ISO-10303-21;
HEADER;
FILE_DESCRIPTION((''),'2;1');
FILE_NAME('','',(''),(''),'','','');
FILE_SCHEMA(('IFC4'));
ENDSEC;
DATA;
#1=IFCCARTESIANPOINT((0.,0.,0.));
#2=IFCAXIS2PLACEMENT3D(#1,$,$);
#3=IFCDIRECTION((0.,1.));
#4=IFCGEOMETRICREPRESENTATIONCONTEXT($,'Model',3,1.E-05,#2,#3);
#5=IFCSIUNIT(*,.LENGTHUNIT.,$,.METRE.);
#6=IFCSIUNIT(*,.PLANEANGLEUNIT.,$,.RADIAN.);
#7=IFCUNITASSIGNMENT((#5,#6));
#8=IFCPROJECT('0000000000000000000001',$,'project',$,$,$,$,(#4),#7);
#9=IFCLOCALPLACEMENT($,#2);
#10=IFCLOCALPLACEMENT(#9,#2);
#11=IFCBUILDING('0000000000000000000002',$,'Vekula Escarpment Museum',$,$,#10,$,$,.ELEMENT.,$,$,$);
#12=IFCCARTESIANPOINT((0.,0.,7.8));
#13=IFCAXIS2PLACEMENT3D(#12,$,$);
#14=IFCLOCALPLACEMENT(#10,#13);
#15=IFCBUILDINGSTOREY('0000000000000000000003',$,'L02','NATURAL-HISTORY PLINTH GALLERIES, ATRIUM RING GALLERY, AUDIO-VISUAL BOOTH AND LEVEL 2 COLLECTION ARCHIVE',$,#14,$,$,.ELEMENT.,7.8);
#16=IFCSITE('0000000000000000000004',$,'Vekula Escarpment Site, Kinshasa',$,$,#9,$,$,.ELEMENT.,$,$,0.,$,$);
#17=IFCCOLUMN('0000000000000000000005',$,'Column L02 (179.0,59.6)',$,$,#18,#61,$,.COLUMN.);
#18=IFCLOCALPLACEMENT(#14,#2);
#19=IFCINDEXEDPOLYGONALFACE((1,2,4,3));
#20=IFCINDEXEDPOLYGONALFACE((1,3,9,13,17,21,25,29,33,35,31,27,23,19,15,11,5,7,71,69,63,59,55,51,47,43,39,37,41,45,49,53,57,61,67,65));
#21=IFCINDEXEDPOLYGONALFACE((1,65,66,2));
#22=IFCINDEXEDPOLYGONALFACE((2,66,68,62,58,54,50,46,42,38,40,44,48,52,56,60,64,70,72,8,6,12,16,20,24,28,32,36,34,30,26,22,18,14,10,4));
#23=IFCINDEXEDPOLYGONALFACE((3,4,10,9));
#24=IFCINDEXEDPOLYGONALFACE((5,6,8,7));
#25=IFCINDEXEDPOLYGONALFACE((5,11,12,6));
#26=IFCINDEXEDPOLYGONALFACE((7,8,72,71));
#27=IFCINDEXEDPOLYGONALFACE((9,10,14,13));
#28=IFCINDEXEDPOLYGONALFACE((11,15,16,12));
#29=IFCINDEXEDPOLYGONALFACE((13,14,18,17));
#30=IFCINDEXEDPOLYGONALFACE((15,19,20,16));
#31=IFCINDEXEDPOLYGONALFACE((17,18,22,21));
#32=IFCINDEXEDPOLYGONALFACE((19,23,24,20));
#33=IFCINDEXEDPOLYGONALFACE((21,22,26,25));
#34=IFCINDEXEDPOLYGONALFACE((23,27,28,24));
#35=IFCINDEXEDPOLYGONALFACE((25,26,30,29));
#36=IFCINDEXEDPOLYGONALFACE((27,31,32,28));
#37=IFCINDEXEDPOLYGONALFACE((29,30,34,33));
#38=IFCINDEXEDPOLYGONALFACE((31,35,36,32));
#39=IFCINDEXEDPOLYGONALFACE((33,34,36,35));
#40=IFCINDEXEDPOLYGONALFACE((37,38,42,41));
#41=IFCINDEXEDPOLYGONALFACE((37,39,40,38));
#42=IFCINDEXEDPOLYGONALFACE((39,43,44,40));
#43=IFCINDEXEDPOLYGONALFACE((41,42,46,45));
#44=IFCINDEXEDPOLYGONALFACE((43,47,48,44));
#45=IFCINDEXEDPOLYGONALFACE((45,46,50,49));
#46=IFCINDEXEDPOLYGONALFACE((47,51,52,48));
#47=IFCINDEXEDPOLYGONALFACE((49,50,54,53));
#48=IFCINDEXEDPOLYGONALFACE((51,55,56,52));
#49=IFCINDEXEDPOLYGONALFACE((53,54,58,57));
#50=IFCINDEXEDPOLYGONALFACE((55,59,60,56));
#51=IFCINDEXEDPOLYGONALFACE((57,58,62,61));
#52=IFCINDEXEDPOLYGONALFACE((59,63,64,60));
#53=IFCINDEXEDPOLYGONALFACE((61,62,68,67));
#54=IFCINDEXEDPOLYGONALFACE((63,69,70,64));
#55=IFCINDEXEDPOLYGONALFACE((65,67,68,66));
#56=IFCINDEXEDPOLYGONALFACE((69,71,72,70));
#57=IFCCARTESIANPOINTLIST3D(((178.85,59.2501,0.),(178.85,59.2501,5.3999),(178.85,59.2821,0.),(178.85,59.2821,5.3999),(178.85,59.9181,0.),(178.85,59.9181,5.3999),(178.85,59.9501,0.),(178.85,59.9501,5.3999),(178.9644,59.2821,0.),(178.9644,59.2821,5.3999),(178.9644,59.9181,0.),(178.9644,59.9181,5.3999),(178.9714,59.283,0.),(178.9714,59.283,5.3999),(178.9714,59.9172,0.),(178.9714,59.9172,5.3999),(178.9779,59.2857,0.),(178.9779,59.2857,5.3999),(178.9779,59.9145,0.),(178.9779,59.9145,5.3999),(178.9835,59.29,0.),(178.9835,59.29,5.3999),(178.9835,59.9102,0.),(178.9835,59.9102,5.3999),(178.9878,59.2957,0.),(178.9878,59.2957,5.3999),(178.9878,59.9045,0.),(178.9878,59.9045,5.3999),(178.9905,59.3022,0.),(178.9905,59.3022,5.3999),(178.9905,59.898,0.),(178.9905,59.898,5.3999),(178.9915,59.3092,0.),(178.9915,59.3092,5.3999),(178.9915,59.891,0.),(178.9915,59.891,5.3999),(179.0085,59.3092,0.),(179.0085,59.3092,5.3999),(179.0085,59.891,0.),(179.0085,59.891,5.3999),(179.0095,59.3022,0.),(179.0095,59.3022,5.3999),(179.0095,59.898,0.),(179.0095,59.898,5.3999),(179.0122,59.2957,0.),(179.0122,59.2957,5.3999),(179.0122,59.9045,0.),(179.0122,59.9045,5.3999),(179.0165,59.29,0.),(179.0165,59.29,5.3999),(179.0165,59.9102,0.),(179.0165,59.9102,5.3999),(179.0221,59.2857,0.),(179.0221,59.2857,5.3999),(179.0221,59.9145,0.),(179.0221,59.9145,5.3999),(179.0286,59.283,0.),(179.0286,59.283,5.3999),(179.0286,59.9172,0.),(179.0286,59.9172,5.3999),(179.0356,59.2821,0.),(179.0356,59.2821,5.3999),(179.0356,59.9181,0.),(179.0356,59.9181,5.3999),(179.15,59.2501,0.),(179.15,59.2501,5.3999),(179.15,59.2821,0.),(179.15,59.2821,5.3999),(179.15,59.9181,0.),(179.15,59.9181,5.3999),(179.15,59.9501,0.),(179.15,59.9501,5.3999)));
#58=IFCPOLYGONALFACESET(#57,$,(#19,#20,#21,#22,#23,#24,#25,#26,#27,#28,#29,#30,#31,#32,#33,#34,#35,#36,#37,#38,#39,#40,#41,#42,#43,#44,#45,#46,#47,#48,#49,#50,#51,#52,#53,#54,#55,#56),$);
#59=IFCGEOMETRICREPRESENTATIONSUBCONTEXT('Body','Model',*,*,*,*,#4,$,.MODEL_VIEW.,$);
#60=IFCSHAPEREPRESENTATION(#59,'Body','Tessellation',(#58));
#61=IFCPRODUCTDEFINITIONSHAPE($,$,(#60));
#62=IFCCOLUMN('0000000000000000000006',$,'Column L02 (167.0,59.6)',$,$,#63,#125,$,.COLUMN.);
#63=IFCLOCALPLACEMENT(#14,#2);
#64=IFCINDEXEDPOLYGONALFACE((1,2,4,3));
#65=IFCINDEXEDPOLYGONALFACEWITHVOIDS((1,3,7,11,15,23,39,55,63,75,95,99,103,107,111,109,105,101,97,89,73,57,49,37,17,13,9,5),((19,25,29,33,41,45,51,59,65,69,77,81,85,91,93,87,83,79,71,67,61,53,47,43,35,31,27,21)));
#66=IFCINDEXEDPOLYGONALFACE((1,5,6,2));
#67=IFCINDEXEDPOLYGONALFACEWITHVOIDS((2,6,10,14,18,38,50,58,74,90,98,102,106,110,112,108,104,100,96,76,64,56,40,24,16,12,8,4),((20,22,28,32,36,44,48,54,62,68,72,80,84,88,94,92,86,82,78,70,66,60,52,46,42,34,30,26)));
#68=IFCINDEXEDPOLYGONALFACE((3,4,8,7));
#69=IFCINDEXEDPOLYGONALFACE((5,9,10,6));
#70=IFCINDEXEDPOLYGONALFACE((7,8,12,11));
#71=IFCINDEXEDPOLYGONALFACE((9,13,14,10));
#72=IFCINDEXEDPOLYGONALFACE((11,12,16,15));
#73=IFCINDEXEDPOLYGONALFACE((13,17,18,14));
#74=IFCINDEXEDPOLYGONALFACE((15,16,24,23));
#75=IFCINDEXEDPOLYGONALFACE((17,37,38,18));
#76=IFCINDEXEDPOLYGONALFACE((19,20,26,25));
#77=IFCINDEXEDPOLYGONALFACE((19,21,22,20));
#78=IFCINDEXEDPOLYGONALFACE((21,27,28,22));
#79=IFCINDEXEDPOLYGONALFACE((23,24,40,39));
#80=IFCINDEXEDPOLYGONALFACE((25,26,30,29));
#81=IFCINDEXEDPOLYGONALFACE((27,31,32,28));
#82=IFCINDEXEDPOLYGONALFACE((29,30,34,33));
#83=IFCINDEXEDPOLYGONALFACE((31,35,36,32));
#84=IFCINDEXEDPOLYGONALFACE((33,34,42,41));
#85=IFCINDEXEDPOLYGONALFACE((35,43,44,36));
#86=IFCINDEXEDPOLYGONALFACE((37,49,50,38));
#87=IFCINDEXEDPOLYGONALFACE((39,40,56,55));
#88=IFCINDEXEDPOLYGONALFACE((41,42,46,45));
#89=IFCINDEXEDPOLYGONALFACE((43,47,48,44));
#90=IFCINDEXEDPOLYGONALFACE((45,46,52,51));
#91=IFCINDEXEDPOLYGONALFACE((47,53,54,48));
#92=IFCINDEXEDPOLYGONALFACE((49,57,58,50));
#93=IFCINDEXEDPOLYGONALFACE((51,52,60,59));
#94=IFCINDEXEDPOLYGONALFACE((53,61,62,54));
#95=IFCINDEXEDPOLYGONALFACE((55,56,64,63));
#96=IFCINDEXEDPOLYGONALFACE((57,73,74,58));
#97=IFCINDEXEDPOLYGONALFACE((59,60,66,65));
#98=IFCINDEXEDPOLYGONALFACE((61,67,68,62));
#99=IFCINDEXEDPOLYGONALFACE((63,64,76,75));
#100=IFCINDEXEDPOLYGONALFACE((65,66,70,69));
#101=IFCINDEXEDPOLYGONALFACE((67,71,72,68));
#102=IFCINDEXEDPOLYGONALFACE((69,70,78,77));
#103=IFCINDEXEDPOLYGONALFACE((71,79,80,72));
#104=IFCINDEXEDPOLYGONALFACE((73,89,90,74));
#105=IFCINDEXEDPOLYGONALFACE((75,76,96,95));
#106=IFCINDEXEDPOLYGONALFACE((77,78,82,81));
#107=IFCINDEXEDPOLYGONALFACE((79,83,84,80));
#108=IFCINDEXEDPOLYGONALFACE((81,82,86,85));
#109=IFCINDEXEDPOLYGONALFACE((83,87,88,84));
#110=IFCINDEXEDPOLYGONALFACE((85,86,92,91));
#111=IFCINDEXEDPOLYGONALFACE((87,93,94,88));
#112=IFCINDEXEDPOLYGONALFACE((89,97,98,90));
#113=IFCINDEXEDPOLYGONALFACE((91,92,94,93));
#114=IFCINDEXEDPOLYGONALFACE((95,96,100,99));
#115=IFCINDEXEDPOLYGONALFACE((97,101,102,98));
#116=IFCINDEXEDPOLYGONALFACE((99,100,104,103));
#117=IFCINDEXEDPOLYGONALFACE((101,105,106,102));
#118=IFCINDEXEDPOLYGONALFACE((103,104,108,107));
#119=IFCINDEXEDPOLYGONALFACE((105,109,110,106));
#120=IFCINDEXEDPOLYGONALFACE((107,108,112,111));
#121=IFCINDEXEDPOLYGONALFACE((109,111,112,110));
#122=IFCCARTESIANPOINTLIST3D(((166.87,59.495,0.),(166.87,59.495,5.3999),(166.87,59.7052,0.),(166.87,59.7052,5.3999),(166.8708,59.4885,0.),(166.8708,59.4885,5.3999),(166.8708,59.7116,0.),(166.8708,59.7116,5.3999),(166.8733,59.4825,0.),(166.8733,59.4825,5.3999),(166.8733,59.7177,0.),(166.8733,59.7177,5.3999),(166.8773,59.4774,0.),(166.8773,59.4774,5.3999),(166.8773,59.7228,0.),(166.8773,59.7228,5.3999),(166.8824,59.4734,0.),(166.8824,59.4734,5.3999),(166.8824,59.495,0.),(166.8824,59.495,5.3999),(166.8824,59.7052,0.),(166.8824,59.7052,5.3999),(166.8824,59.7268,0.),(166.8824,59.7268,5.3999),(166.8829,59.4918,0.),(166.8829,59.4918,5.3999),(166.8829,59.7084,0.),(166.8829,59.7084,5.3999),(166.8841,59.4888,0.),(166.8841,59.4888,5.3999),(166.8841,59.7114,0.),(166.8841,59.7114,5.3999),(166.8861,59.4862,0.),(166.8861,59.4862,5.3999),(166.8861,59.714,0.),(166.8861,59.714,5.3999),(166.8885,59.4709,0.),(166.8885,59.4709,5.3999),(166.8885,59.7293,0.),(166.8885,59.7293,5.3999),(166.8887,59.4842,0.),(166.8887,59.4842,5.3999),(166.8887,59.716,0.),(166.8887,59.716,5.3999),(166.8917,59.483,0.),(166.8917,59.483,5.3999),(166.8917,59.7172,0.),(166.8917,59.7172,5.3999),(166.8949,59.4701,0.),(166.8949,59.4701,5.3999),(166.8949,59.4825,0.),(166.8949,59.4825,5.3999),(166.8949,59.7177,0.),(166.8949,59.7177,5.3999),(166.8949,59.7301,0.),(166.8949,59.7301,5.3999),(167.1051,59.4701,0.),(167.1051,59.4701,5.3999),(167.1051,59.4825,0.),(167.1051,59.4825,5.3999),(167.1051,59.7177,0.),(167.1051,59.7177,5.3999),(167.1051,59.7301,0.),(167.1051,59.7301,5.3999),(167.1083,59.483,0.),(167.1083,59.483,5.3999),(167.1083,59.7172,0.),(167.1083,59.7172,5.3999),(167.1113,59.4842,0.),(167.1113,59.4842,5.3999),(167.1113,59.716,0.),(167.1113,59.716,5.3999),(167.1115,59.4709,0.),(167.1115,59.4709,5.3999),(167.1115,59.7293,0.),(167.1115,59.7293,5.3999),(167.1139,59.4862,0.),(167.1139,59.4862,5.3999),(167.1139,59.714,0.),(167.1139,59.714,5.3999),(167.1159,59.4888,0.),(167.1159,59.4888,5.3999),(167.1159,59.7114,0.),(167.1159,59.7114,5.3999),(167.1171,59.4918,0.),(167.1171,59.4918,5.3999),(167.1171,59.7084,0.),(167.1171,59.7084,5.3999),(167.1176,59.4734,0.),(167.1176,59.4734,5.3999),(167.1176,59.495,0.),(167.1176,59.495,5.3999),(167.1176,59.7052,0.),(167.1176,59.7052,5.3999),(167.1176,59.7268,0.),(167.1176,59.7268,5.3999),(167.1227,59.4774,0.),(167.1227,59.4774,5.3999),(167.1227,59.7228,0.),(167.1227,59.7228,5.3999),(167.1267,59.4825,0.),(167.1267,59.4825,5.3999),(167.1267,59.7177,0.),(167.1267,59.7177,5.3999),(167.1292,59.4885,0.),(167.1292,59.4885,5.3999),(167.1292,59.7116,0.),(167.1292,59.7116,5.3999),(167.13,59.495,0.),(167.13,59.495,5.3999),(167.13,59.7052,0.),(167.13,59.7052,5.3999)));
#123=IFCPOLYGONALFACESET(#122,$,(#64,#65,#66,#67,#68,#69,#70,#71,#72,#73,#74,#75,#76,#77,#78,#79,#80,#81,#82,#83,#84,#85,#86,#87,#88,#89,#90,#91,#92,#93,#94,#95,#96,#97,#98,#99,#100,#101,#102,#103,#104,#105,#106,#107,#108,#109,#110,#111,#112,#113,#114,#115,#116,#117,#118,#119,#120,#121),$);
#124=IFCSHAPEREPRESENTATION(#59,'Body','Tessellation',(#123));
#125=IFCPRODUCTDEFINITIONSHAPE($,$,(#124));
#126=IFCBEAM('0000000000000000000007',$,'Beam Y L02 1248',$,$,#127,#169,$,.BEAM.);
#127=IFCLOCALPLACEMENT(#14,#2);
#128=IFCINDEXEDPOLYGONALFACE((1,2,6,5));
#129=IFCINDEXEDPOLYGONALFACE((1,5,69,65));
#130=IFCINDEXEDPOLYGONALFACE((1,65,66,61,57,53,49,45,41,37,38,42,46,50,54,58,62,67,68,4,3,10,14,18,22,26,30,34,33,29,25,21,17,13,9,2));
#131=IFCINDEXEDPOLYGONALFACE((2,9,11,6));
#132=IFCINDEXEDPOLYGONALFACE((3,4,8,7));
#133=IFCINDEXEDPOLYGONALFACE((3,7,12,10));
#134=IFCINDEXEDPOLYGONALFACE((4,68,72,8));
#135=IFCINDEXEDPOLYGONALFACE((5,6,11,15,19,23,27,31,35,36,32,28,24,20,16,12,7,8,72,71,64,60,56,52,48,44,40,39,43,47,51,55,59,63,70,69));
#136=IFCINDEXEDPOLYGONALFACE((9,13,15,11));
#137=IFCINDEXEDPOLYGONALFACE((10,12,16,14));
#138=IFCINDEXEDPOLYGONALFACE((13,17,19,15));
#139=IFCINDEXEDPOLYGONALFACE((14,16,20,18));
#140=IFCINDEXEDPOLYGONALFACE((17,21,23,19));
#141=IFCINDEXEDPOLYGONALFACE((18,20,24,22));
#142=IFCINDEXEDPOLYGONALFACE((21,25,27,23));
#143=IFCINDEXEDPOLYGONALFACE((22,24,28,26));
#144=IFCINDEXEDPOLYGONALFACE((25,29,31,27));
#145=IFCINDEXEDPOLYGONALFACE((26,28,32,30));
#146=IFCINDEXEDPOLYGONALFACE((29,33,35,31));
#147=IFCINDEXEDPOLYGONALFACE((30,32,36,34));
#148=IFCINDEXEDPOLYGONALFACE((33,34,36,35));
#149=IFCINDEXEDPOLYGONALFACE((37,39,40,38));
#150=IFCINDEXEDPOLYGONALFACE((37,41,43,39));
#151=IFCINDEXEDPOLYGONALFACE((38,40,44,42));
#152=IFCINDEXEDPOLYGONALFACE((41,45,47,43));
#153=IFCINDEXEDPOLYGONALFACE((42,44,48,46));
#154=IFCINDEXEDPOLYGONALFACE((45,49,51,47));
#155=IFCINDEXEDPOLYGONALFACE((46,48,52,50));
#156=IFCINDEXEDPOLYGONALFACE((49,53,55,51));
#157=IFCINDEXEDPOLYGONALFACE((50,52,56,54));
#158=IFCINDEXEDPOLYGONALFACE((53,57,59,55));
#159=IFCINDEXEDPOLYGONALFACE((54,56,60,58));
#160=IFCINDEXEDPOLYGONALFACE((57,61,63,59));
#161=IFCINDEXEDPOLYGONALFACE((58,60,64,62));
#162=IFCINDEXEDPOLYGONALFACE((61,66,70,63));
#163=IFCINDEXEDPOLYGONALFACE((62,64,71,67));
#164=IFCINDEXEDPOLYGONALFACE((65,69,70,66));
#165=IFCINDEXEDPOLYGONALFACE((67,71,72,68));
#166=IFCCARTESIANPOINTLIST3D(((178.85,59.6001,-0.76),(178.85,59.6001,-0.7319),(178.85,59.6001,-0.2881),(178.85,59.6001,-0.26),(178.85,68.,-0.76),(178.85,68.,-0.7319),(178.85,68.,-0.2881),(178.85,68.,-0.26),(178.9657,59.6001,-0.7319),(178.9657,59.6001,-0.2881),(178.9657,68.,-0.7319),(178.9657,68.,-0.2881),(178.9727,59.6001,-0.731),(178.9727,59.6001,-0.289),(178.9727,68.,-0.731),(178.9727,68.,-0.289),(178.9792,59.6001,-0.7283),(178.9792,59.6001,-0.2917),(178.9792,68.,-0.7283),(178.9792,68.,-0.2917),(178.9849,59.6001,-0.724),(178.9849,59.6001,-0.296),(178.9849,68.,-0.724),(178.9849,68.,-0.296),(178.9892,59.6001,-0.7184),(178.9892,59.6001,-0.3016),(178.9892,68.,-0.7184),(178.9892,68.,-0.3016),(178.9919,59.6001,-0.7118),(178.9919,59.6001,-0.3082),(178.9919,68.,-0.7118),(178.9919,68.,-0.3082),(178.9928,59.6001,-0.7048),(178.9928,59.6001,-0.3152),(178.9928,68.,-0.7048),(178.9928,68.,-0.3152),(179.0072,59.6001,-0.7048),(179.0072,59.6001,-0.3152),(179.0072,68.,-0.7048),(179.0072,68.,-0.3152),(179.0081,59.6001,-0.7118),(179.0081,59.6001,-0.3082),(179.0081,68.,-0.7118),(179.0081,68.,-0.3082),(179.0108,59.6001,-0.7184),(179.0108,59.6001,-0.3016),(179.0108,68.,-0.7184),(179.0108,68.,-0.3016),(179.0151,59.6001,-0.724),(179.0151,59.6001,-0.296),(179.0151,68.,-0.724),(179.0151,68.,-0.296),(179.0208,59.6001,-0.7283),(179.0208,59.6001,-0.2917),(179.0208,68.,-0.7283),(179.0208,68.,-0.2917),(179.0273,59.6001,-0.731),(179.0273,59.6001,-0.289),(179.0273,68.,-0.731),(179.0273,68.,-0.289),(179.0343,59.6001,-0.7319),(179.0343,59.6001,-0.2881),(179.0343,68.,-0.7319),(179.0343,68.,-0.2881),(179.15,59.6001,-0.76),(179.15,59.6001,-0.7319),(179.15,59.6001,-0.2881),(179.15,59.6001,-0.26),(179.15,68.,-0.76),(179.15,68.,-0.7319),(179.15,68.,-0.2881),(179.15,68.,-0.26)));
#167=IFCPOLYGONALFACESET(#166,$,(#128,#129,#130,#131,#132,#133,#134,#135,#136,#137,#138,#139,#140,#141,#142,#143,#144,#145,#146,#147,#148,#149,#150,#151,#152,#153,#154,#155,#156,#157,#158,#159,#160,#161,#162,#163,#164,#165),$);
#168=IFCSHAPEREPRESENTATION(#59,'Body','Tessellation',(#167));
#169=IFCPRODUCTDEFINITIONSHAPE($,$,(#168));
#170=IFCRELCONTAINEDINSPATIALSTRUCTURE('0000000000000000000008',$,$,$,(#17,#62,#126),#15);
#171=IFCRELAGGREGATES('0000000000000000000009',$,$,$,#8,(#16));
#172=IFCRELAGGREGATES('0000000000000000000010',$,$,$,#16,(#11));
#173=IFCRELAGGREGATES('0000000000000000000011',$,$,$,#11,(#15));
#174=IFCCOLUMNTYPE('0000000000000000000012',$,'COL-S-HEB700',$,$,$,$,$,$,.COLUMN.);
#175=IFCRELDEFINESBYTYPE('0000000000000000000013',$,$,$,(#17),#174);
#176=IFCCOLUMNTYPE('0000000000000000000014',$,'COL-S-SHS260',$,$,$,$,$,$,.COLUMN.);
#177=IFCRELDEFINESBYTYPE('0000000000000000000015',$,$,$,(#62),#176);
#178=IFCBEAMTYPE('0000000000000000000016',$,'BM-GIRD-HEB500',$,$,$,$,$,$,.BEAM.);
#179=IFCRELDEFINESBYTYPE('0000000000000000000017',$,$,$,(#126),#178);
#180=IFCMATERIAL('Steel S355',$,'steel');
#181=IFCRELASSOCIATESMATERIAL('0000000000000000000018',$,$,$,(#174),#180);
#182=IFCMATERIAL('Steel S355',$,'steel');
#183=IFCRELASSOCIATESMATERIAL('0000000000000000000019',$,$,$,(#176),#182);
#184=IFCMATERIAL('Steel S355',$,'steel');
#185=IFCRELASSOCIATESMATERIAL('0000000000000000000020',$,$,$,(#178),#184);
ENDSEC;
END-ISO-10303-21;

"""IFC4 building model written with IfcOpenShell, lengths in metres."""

from ifc_helpers import new_model, si_unit, direction, frame, origin, origin_2d, place, context, subcontext, project, spatial, hollow_rectangle, i_section, extrude, material, material_profile, profile_set, type_object, element, save


model = new_model("IFC4")

# Units and contexts
model_context = context("Model", 3, precision=1e-05, world=origin(), true_north=direction((0.0, 1.0)))
body_context = subcontext(model_context, "Body", "Model", "MODEL_VIEW")
ifc_project = project(units=[si_unit("LENGTHUNIT", "METRE"), si_unit("PLANEANGLEUNIT", "RADIAN")], contexts=[model_context])

# Site, building, storey
site_placement = place(None, origin())
site = spatial("IfcSite", under=ifc_project, at=site_placement, Name="Vekula Escarpment Site, Kinshasa", CompositionType="ELEMENT", RefElevation=0.0)
building_placement = place(site_placement, origin())
building = spatial("IfcBuilding", under=site, at=building_placement, Name="Vekula Escarpment Museum", CompositionType="ELEMENT")
storey_placement = place(building_placement, frame((0.0, 0.0, 7.8)))
storey = spatial("IfcBuildingStorey", under=building, at=storey_placement, Name="L02", Description="NATURAL-HISTORY PLINTH GALLERIES, ATRIUM RING GALLERY, AUDIO-VISUAL BOOTH AND LEVEL 2 COLLECTION ARCHIVE", CompositionType="ELEMENT", Elevation=7.8)

# Columns
ifc_material_1 = material(Name="Steel S355", Category="steel")
ifc_material_profile_1 = material_profile(ifc_material_1, i_section(OverallWidth=0.3, OverallDepth=0.7, WebThickness=0.0171, FlangeThickness=0.032, FilletRadius=0.0271, at=origin_2d()), Name="HEB 700")
ifc_profile_set_1 = profile_set([ifc_material_profile_1], Name="Steel S355")
column_type_1 = type_object("IfcColumnType", Name="COL-S-HEB700", PredefinedType="COLUMN", material=ifc_profile_set_1)
column_1_placement = place(storey_placement, frame((179.0, 59.6001, 0.0), z_axis=(0.0, 0.0, 1.0), x_axis=(1.0, 0.0, 0.0)))
element("IfcColumn", 1, at=column_1_placement, inside=storey, type_object=column_type_1, Name="Column L02 (179.0,59.6)", PredefinedType="COLUMN", context=body_context, shape_type="SweptSolid", body=[
    extrude(i_section(OverallWidth=0.3, OverallDepth=0.7, WebThickness=0.0171, FlangeThickness=0.032, FilletRadius=0.0271, at=origin_2d()), origin(), (0.0, 0.0, 1.0), 5.3999),
])
ifc_material_2 = material(Name="Steel S355", Category="steel")
ifc_material_profile_2 = material_profile(ifc_material_2, hollow_rectangle(XDim=0.26, YDim=0.26, WallThickness=0.0125, InnerFilletRadius=0.0125, OuterFilletRadius=0.0249, at=origin_2d()), Name="SHS 260x260x12.5")
ifc_profile_set_2 = profile_set([ifc_material_profile_2], Name="Steel S355")
column_type_2 = type_object("IfcColumnType", Name="COL-S-SHS260", PredefinedType="COLUMN", material=ifc_profile_set_2)
column_2_placement = place(storey_placement, frame((167.0, 59.6001, 0.0), z_axis=(0.0, 0.0, 1.0), x_axis=(1.0, 0.0, 0.0)))
element("IfcColumn", 2, at=column_2_placement, inside=storey, type_object=column_type_2, Name="Column L02 (167.0,59.6)", PredefinedType="COLUMN", context=body_context, shape_type="SweptSolid", body=[
    extrude(hollow_rectangle(XDim=0.26, YDim=0.26, WallThickness=0.0125, InnerFilletRadius=0.0125, OuterFilletRadius=0.0249, at=origin_2d()), origin(), (0.0, 0.0, 1.0), 5.3999),
])

# Beam
ifc_material_3 = material(Name="Steel S355", Category="steel")
ifc_material_profile_3 = material_profile(ifc_material_3, i_section(OverallWidth=0.3, OverallDepth=0.5, WebThickness=0.0144, FlangeThickness=0.0281, FilletRadius=0.0271, at=origin_2d()), Name="HEB 500")
ifc_profile_set_3 = profile_set([ifc_material_profile_3], Name="Steel S355")
beam_type_1 = type_object("IfcBeamType", Name="BM-GIRD-HEB500", PredefinedType="BEAM", material=ifc_profile_set_3)
beam_1_placement = place(storey_placement, frame((179.0, 59.6001, -0.51), z_axis=(0.0, 1.0, 0.0), x_axis=(-1.0, 0.0, 0.0)))
element("IfcBeam", 3, at=beam_1_placement, inside=storey, type_object=beam_type_1, Name="Beam Y L02 1248", PredefinedType="BEAM", context=body_context, shape_type="SweptSolid", body=[
    extrude(i_section(OverallWidth=0.3, OverallDepth=0.5, WebThickness=0.0144, FlangeThickness=0.0281, FilletRadius=0.0271, at=origin_2d()), origin(), (0.0, 0.0, 1.0), 8.3999),
])

save(model, "model.ifc")
